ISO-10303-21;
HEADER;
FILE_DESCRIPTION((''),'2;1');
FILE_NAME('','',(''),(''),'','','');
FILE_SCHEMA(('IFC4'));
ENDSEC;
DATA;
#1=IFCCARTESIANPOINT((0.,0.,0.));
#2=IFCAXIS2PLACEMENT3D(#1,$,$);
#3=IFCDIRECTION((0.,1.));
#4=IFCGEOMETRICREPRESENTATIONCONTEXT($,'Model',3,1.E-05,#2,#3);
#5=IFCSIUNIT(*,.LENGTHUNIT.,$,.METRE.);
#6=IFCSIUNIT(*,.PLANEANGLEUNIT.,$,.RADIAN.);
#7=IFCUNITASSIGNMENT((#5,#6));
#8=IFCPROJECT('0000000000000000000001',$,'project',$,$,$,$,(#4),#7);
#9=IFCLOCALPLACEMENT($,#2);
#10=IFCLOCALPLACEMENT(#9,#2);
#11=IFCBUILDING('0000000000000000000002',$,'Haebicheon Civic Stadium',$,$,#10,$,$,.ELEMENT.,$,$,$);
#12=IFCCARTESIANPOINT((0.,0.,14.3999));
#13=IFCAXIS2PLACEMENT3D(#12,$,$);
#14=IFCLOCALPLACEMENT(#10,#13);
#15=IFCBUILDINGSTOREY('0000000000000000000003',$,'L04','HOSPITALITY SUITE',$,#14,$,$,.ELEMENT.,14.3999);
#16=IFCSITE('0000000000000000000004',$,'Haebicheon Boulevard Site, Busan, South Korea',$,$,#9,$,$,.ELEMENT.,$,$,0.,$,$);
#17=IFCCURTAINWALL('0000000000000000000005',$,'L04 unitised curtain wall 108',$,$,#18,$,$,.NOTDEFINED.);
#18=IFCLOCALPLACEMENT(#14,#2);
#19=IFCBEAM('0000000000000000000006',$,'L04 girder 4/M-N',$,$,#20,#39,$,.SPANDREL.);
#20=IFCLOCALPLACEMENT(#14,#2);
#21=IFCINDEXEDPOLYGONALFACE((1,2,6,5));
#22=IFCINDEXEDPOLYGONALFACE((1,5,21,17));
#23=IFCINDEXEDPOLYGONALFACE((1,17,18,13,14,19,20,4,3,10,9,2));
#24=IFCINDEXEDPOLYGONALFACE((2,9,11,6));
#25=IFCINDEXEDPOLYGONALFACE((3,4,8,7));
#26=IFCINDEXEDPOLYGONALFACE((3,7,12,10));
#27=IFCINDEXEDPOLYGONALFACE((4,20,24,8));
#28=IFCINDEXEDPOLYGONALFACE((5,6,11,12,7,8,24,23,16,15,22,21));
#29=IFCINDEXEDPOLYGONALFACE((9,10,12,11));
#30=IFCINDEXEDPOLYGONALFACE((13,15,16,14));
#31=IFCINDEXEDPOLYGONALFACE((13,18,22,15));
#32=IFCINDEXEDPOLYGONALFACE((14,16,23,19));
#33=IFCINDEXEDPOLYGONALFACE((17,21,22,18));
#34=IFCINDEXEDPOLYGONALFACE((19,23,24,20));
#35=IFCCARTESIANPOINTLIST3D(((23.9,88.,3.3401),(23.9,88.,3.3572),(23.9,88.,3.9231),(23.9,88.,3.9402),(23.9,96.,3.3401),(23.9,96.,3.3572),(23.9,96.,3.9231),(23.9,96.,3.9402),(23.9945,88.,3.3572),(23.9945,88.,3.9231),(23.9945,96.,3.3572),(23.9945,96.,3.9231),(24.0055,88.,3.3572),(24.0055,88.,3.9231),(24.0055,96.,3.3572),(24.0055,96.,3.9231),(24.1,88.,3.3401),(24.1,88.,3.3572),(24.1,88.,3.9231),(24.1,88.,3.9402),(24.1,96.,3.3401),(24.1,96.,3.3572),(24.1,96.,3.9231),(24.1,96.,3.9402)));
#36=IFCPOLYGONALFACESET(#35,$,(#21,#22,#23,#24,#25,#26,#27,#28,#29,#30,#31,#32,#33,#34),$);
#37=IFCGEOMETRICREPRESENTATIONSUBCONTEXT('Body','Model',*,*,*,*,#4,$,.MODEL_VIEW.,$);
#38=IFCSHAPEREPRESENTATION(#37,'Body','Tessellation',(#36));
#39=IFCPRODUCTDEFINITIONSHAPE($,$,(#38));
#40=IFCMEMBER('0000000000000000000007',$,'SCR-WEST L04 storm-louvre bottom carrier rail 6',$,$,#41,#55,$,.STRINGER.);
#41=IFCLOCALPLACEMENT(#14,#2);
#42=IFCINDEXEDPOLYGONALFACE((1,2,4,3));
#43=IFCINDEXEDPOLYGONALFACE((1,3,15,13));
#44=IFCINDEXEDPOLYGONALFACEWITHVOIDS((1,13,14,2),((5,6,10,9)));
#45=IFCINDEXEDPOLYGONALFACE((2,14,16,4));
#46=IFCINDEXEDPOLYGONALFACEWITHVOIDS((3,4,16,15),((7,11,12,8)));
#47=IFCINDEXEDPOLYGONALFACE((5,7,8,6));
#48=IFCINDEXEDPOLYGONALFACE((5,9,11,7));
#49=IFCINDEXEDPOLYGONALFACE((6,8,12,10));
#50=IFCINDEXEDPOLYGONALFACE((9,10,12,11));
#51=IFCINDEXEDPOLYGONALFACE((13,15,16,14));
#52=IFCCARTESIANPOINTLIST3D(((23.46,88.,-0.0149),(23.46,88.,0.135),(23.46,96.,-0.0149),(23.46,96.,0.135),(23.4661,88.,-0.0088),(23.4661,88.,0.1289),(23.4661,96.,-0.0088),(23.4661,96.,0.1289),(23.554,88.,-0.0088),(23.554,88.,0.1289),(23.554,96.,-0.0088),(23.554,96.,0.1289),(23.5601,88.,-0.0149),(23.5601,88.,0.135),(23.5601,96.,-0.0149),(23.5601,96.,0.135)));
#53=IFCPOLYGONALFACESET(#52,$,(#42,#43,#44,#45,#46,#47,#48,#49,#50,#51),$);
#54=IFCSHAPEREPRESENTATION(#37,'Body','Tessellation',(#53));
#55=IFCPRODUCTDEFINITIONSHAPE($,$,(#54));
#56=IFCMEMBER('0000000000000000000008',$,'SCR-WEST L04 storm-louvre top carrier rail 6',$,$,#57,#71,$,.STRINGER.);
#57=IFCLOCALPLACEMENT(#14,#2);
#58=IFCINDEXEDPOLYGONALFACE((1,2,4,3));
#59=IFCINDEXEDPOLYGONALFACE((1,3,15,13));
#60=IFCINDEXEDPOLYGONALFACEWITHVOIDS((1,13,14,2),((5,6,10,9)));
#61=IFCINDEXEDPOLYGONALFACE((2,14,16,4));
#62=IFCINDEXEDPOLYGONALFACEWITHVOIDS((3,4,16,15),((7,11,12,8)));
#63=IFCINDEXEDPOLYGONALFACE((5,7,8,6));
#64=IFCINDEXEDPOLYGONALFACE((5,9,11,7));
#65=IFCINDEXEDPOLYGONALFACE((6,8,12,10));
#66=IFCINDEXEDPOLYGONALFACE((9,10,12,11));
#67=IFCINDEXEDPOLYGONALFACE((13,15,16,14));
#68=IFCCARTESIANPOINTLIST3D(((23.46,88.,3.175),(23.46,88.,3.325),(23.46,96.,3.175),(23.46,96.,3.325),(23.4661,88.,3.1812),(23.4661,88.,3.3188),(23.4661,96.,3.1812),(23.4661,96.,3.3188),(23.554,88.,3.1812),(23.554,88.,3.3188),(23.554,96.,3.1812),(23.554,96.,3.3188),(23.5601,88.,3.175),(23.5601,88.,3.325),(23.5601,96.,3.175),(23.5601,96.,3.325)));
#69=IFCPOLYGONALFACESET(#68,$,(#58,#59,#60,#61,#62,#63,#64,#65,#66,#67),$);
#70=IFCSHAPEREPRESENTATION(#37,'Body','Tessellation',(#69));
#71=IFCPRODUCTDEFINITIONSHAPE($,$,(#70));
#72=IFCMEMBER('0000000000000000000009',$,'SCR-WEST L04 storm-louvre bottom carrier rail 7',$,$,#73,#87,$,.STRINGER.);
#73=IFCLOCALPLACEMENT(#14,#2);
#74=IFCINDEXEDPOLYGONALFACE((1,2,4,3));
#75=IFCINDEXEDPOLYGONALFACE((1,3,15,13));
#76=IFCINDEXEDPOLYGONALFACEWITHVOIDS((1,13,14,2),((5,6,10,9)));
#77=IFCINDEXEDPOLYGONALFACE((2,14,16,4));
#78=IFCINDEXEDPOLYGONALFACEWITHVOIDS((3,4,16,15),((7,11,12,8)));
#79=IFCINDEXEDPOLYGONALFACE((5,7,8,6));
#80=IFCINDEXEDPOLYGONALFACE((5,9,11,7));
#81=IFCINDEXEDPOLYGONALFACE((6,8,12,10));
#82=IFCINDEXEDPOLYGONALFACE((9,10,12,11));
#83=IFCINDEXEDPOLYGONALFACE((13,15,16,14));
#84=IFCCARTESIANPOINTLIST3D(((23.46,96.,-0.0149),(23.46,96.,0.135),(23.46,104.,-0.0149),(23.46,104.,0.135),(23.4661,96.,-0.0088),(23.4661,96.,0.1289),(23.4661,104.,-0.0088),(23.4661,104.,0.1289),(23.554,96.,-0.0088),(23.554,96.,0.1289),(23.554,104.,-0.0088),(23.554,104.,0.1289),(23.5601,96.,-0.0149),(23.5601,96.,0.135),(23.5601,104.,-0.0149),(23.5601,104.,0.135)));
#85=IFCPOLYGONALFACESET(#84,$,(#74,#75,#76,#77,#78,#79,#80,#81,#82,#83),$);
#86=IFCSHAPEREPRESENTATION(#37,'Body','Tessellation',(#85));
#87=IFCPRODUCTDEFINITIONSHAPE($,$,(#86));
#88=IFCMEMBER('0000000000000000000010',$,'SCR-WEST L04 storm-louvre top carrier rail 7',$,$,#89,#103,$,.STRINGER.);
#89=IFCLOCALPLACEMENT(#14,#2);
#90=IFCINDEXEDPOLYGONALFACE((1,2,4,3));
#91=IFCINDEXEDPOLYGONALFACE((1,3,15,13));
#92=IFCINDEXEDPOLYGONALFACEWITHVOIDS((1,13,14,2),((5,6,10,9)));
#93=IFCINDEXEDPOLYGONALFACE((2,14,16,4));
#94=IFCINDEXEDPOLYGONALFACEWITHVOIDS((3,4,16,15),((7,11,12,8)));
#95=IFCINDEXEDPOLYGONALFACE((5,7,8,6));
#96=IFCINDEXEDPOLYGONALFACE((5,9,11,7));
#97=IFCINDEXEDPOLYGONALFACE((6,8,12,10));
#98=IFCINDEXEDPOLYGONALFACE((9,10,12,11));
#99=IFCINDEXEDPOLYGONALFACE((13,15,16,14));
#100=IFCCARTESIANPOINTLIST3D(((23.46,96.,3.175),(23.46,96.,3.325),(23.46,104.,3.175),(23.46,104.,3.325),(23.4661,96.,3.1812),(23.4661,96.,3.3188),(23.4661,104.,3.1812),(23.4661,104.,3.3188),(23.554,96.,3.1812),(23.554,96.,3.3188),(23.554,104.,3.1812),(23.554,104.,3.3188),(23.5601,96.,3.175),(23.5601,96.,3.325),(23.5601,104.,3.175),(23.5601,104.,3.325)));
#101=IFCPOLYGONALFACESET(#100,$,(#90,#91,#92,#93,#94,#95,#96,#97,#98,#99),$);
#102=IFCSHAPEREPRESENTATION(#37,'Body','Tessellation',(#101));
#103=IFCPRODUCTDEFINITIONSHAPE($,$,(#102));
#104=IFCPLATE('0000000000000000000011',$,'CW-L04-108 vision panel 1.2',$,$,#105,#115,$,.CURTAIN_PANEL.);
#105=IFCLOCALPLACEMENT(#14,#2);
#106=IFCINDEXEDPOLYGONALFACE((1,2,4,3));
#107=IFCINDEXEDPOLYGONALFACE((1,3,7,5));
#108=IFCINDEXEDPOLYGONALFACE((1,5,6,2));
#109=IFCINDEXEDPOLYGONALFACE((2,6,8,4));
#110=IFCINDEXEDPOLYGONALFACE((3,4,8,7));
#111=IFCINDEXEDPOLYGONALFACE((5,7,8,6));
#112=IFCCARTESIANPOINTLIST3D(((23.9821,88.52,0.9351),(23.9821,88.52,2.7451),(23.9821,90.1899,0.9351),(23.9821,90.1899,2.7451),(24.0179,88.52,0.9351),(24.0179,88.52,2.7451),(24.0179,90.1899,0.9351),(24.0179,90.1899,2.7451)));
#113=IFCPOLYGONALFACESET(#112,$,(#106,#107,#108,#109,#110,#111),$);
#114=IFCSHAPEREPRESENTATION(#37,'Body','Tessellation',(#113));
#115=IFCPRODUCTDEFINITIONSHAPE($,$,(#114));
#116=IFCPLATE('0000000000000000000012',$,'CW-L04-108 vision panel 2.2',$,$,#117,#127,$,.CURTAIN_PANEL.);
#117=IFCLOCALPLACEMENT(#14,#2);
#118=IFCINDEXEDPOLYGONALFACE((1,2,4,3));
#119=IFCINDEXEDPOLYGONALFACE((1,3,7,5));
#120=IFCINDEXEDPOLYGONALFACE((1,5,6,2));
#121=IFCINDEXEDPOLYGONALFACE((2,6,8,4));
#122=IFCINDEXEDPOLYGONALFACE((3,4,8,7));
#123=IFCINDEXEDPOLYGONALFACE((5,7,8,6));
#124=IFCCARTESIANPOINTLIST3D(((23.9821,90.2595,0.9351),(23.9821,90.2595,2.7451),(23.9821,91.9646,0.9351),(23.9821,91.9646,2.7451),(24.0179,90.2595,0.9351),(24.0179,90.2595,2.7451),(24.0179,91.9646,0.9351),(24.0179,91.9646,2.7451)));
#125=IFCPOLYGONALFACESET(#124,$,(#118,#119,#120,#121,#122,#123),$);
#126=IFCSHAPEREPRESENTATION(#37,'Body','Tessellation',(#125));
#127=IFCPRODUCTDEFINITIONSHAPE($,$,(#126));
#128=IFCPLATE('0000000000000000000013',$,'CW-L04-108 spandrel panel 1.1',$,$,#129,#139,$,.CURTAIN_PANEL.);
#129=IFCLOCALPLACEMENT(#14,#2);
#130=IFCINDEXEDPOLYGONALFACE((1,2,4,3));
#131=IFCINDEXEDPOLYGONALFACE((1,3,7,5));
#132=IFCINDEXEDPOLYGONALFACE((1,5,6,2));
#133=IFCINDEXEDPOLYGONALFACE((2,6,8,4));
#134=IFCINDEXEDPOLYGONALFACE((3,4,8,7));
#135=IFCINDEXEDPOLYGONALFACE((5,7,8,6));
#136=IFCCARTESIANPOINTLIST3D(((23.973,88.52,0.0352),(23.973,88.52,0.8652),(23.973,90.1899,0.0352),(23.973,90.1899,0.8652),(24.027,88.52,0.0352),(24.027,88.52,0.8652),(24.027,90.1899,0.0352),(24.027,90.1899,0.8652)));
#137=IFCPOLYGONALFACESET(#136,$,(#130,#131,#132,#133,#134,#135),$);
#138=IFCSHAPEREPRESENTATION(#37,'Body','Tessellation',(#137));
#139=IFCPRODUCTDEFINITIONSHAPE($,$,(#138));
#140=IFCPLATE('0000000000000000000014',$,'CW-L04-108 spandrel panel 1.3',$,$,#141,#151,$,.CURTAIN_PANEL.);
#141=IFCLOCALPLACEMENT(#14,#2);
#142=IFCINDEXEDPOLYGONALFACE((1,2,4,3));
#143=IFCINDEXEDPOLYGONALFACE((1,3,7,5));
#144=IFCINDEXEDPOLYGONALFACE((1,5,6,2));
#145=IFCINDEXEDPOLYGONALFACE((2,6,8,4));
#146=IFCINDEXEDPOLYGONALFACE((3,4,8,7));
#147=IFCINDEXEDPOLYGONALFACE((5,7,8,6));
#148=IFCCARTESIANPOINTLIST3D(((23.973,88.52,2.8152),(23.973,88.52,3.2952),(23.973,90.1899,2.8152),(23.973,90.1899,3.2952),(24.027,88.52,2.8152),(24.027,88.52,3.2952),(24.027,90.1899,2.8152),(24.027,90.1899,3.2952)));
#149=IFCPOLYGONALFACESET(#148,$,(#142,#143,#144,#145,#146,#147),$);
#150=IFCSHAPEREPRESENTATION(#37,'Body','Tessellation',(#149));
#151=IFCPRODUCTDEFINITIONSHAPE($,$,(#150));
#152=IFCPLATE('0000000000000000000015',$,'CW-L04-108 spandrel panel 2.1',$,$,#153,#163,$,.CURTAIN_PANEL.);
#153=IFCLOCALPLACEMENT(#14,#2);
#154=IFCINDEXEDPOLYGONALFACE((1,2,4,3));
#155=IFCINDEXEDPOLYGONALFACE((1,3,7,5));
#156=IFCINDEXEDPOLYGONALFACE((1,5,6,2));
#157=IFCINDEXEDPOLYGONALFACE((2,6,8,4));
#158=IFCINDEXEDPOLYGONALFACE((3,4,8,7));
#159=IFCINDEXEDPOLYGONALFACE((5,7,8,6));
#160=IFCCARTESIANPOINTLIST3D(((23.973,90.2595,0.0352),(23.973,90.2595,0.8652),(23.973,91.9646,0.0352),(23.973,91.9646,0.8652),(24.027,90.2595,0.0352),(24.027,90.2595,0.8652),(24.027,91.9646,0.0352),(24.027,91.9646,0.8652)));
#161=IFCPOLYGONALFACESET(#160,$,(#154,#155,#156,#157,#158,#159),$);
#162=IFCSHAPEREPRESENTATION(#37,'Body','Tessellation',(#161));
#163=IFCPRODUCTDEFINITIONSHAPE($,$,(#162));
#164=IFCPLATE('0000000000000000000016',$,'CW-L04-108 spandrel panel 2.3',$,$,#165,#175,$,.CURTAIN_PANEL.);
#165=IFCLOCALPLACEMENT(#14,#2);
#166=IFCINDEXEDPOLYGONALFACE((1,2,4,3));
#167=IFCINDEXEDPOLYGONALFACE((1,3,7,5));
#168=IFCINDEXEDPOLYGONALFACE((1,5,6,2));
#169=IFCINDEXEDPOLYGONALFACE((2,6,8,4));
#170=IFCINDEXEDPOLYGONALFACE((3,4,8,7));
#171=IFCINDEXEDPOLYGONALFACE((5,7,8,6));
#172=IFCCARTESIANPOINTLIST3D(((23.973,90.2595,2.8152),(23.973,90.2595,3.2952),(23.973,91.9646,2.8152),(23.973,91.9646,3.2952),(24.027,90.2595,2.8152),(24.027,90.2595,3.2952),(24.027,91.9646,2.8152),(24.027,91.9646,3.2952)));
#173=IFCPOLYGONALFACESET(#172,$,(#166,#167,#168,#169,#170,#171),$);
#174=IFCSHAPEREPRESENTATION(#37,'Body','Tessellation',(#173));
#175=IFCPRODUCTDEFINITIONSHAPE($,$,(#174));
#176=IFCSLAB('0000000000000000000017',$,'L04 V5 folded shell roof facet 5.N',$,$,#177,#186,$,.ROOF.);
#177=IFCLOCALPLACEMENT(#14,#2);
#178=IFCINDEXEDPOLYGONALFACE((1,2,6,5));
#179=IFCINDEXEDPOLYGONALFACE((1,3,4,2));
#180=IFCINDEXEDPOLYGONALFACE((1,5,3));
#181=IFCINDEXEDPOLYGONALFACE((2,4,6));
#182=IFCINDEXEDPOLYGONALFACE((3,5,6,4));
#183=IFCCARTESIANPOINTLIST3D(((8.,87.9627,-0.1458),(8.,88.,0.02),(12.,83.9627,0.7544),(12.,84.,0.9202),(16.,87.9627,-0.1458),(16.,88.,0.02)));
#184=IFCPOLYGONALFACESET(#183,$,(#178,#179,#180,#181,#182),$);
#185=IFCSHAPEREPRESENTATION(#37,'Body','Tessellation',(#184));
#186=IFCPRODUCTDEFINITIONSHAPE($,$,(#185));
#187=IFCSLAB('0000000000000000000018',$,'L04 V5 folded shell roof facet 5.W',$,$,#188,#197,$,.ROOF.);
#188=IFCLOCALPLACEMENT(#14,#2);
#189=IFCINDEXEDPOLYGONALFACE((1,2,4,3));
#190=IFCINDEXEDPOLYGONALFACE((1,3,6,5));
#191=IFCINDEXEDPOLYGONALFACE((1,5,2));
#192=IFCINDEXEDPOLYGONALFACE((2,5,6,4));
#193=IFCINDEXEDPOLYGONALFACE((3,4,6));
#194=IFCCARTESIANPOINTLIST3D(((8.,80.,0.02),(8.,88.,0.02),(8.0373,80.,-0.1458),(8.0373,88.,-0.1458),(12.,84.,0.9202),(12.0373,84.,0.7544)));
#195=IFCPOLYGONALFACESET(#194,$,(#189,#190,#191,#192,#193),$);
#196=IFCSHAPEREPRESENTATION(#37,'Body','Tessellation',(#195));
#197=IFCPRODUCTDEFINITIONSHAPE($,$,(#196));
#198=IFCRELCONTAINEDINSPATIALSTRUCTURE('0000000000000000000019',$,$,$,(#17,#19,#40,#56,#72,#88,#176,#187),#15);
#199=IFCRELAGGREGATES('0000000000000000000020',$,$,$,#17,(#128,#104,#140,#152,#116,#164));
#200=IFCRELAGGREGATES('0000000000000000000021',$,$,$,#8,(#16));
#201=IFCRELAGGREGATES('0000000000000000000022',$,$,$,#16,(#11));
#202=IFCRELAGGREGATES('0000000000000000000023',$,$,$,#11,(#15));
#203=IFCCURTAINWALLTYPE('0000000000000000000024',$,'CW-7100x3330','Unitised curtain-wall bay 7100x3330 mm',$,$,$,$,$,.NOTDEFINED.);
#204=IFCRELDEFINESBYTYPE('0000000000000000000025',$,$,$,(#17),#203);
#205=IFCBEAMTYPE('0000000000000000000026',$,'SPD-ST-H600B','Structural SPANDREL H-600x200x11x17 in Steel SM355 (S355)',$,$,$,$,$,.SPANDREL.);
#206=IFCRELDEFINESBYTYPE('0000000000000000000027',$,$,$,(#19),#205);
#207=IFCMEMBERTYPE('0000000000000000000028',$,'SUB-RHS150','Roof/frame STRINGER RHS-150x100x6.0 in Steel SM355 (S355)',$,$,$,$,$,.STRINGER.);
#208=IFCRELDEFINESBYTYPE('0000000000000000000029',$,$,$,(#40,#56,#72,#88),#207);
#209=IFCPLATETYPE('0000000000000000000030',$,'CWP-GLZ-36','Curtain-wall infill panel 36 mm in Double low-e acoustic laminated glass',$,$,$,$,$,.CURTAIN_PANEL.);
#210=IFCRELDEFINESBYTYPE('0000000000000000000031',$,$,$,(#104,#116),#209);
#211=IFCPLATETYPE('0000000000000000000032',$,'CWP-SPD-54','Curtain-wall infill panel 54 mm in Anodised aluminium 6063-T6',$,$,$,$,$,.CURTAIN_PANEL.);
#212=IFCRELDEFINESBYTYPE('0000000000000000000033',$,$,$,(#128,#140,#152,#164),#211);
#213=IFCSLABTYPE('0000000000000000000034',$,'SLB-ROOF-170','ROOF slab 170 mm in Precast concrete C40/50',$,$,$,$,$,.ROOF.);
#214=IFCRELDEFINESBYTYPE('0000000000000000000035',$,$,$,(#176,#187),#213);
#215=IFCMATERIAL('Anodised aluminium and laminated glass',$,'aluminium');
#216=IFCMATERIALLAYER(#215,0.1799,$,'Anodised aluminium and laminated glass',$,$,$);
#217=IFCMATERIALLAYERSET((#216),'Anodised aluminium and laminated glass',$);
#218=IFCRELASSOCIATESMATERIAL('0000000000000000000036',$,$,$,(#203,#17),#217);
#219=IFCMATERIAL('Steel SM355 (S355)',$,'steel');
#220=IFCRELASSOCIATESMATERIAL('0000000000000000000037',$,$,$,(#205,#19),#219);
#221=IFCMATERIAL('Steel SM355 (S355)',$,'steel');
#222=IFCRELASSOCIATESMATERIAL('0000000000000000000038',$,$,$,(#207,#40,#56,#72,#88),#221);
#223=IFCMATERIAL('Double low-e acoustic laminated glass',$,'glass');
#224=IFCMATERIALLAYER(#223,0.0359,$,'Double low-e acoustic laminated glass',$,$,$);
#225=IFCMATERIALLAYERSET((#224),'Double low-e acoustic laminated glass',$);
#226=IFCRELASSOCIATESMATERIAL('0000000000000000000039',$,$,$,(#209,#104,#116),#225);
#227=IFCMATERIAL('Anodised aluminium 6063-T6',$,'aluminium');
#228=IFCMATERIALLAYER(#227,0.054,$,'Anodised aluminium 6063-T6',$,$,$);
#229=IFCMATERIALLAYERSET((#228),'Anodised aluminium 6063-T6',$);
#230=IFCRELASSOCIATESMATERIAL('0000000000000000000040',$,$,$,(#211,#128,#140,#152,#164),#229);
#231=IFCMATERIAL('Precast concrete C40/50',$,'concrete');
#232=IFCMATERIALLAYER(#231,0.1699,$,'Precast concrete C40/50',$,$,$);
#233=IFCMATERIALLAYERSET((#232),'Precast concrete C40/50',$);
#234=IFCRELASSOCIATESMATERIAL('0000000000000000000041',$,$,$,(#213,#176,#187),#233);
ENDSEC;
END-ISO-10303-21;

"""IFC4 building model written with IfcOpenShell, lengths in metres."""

from ifc_helpers import new_model, si_unit, direction, frame, origin, origin_2d, place, context, subcontext, project, spatial, polyline, rectangle, hollow_rectangle, i_section, outline, extrude, material, layer, layer_set, material_profile, profile_set, type_object, element, aggregate, save


model = new_model("IFC4")

# Units and contexts
model_context = context("Model", 3, precision=1e-05, world=origin(), true_north=direction((0.0, 1.0)))
body_context = subcontext(model_context, "Body", "Model", "MODEL_VIEW")
ifc_project = project(units=[si_unit("LENGTHUNIT", "METRE"), si_unit("PLANEANGLEUNIT", "RADIAN")], contexts=[model_context])

# Site, building, storey
site_placement = place(None, origin())
site = spatial("IfcSite", under=ifc_project, at=site_placement, Name="Haebicheon Boulevard Site, Busan, South Korea", CompositionType="ELEMENT", RefElevation=0.0)
building_placement = place(site_placement, origin())
building = spatial("IfcBuilding", under=site, at=building_placement, Name="Haebicheon Civic Stadium", CompositionType="ELEMENT")
storey_placement = place(building_placement, frame((0.0, 0.0, 14.3999)))
storey = spatial("IfcBuildingStorey", under=building, at=storey_placement, Name="L04", Description="HOSPITALITY SUITE", CompositionType="ELEMENT", Elevation=14.3999)

# Curtain wall
ifc_material_1 = material(Name="Anodised aluminium and laminated glass", Category="aluminium")
ifc_layer_1 = layer(ifc_material_1, 0.1799, Name="Anodised aluminium and laminated glass")
ifc_layer_set_1 = layer_set([ifc_layer_1], Name="Anodised aluminium and laminated glass")
curtain_wall_type = type_object("IfcCurtainWallType", Name="CW-7100x3330", Description="Unitised curtain-wall bay 7100x3330 mm", PredefinedType="NOTDEFINED", material=ifc_layer_set_1)
curtain_wall_placement = place(storey_placement, origin())
curtain_wall = element("IfcCurtainWall", 1, at=curtain_wall_placement, inside=storey, type_object=curtain_wall_type, material=ifc_layer_set_1, Name="L04 unitised curtain wall 108", PredefinedType="NOTDEFINED")

# Beam
ifc_material_2 = material(Name="Steel SM355 (S355)", Category="steel")
ifc_material_profile_1 = material_profile(ifc_material_2, i_section(OverallWidth=0.2, OverallDepth=0.6001, WebThickness=0.011, FlangeThickness=0.0171, at=origin_2d()), Name="H-600x200x11x17")
ifc_profile_set_1 = profile_set([ifc_material_profile_1], Name="Steel SM355 (S355)")
beam_type_1 = type_object("IfcBeamType", Name="SPD-ST-H600B", Description="Structural SPANDREL H-600x200x11x17 in Steel SM355 (S355)", PredefinedType="SPANDREL", material=ifc_profile_set_1)
beam_1_placement = place(storey_placement, frame((24.0, 88.0, 3.6401), z_axis=(0.0, 1.0, 0.0), x_axis=(-1.0, 0.0, 0.0)))
element("IfcBeam", 2, at=beam_1_placement, inside=storey, type_object=beam_type_1, material=ifc_profile_set_1, Name="L04 girder 4/M-N", PredefinedType="SPANDREL", context=body_context, shape_type="SweptSolid", body=[
    extrude(i_section(OverallWidth=0.2, OverallDepth=0.6001, WebThickness=0.011, FlangeThickness=0.0171, at=origin_2d()), origin(), (0.0, 0.0, 1.0), 8.0),
])

# Members
ifc_material_3 = material(Name="Steel SM355 (S355)", Category="steel")
ifc_material_profile_2 = material_profile(ifc_material_3, hollow_rectangle(XDim=0.1001, YDim=0.1499, WallThickness=0.0061, at=origin_2d()), Name="RHS-150x100x6.0")
ifc_profile_set_2 = profile_set([ifc_material_profile_2], Name="Steel SM355 (S355)")
member_type_1 = type_object("IfcMemberType", Name="SUB-RHS150", Description="Roof/frame STRINGER RHS-150x100x6.0 in Steel SM355 (S355)", PredefinedType="STRINGER", material=ifc_profile_set_2)
for number, where, z_axis, x_axis, name in (
    (3, (23.51, 88.0, 0.0601), (0.0, 1.0, 0.0), (-1.0, 0.0, 0.0), "SCR-WEST L04 storm-louvre bottom carrier rail 6"),
    (4, (23.51, 88.0, 3.25), (0.0, 1.0, 0.0), (-1.0, 0.0, 0.0), "SCR-WEST L04 storm-louvre top carrier rail 6"),
    (5, (23.51, 96.0, 0.0601), (0.0, 1.0, 0.0), (-1.0, 0.0, 0.0), "SCR-WEST L04 storm-louvre bottom carrier rail 7"),
    (6, (23.51, 96.0, 3.25), (0.0, 1.0, 0.0), (-1.0, 0.0, 0.0), "SCR-WEST L04 storm-louvre top carrier rail 7"),
):
    element("IfcMember", number, at=place(storey_placement, frame(where, z_axis=z_axis, x_axis=x_axis)), inside=storey, type_object=member_type_1, material=ifc_profile_set_2, Name=name, PredefinedType="STRINGER", context=body_context, shape_type="SweptSolid", body=[
        extrude(hollow_rectangle(XDim=0.1001, YDim=0.1499, WallThickness=0.0061, at=origin_2d()), origin(), (0.0, 0.0, 1.0), 8.0),
    ])

# Plates
ifc_material_4 = material(Name="Double low-e acoustic laminated glass", Category="glass")
ifc_layer_2 = layer(ifc_material_4, 0.0359, Name="Double low-e acoustic laminated glass")
ifc_layer_set_2 = layer_set([ifc_layer_2], Name="Double low-e acoustic laminated glass")
plate_type_1 = type_object("IfcPlateType", Name="CWP-GLZ-36", Description="Curtain-wall infill panel 36 mm in Double low-e acoustic laminated glass", PredefinedType="CURTAIN_PANEL", material=ifc_layer_set_2)
plate_1_placement = place(storey_placement, frame((24.0, 89.355, 0.9351), z_axis=(0.0, 0.0, 1.0), x_axis=(0.0, 1.0, 0.0)))
plate_1 = element("IfcPlate", 7, at=plate_1_placement, type_object=plate_type_1, material=ifc_layer_set_2, Name="CW-L04-108 vision panel 1.2", PredefinedType="CURTAIN_PANEL", context=body_context, shape_type="SweptSolid", body=[
    extrude(rectangle(XDim=1.6699, YDim=0.0359, at=origin_2d()), origin(), (0.0, 0.0, 1.0), 1.8101),
])
plate_2_placement = place(storey_placement, frame((24.0, 91.1121, 0.9351), z_axis=(0.0, 0.0, 1.0), x_axis=(0.0, 1.0, 0.0)))
plate_2 = element("IfcPlate", 8, at=plate_2_placement, type_object=plate_type_1, material=ifc_layer_set_2, Name="CW-L04-108 vision panel 2.2", PredefinedType="CURTAIN_PANEL", context=body_context, shape_type="SweptSolid", body=[
    extrude(rectangle(XDim=1.7051, YDim=0.0359, at=origin_2d()), origin(), (0.0, 0.0, 1.0), 1.8101),
])
ifc_material_5 = material(Name="Anodised aluminium 6063-T6", Category="aluminium")
ifc_layer_3 = layer(ifc_material_5, 0.054, Name="Anodised aluminium 6063-T6")
ifc_layer_set_3 = layer_set([ifc_layer_3], Name="Anodised aluminium 6063-T6")
plate_type_2 = type_object("IfcPlateType", Name="CWP-SPD-54", Description="Curtain-wall infill panel 54 mm in Anodised aluminium 6063-T6", PredefinedType="CURTAIN_PANEL", material=ifc_layer_set_3)
plate_3_placement = place(storey_placement, frame((24.0, 89.355, 0.0352), z_axis=(0.0, 0.0, 1.0), x_axis=(0.0, 1.0, 0.0)))
plate_3 = element("IfcPlate", 9, at=plate_3_placement, type_object=plate_type_2, material=ifc_layer_set_3, Name="CW-L04-108 spandrel panel 1.1", PredefinedType="CURTAIN_PANEL", context=body_context, shape_type="SweptSolid", body=[
    extrude(rectangle(XDim=1.6699, YDim=0.054, at=origin_2d()), origin(), (0.0, 0.0, 1.0), 0.8301),
])
plate_4_placement = place(storey_placement, frame((24.0, 89.355, 2.8152), z_axis=(0.0, 0.0, 1.0), x_axis=(0.0, 1.0, 0.0)))
plate_4 = element("IfcPlate", 10, at=plate_4_placement, type_object=plate_type_2, material=ifc_layer_set_3, Name="CW-L04-108 spandrel panel 1.3", PredefinedType="CURTAIN_PANEL", context=body_context, shape_type="SweptSolid", body=[
    extrude(rectangle(XDim=1.6699, YDim=0.054, at=origin_2d()), origin(), (0.0, 0.0, 1.0), 0.48),
])
plate_5_placement = place(storey_placement, frame((24.0, 91.1121, 0.0352), z_axis=(0.0, 0.0, 1.0), x_axis=(0.0, 1.0, 0.0)))
plate_5 = element("IfcPlate", 11, at=plate_5_placement, type_object=plate_type_2, material=ifc_layer_set_3, Name="CW-L04-108 spandrel panel 2.1", PredefinedType="CURTAIN_PANEL", context=body_context, shape_type="SweptSolid", body=[
    extrude(rectangle(XDim=1.7051, YDim=0.054, at=origin_2d()), origin(), (0.0, 0.0, 1.0), 0.8301),
])
plate_6_placement = place(storey_placement, frame((24.0, 91.1121, 2.8152), z_axis=(0.0, 0.0, 1.0), x_axis=(0.0, 1.0, 0.0)))
plate_6 = element("IfcPlate", 12, at=plate_6_placement, type_object=plate_type_2, material=ifc_layer_set_3, Name="CW-L04-108 spandrel panel 2.3", PredefinedType="CURTAIN_PANEL", context=body_context, shape_type="SweptSolid", body=[
    extrude(rectangle(XDim=1.7051, YDim=0.054, at=origin_2d()), origin(), (0.0, 0.0, 1.0), 0.48),
])
aggregate(curtain_wall, [plate_3, plate_1, plate_4, plate_5, plate_2, plate_6])

# Slabs
ifc_material_6 = material(Name="Precast concrete C40/50", Category="concrete")
ifc_layer_4 = layer(ifc_material_6, 0.1699, Name="Precast concrete C40/50")
ifc_layer_set_4 = layer_set([ifc_layer_4], Name="Precast concrete C40/50")
slab_type = type_object("IfcSlabType", Name="SLB-ROOF-170", Description="ROOF slab 170 mm in Precast concrete C40/50", PredefinedType="ROOF", material=ifc_layer_set_4)
for number, where, z_axis, x_axis, name in (
    (13, (16.0, 88.0, 0.02), (0.0, 0.219546, 0.975602), (-1.0, 0.0, 0.0), "L04 V5 folded shell roof facet 5.N"),
    (14, (8.0, 88.0, 0.02), (-0.219546, 0.0, 0.975602), (0.0, -1.0, 0.0), "L04 V5 folded shell roof facet 5.W"),
):
    element("IfcSlab", number, at=place(storey_placement, frame(where, z_axis=z_axis, x_axis=x_axis)), inside=storey, type_object=slab_type, material=ifc_layer_set_4, Name=name, PredefinedType="ROOF", context=body_context, shape_type="SweptSolid", body=[
        extrude(outline(polyline([(0.0, 0.0), (8.0, 0.0), (4.0, 4.1), (0.0, 0.0)])), origin(), (0.0, 0.0, -1.0), 0.1699),
    ])

save(model, "model.ifc")
